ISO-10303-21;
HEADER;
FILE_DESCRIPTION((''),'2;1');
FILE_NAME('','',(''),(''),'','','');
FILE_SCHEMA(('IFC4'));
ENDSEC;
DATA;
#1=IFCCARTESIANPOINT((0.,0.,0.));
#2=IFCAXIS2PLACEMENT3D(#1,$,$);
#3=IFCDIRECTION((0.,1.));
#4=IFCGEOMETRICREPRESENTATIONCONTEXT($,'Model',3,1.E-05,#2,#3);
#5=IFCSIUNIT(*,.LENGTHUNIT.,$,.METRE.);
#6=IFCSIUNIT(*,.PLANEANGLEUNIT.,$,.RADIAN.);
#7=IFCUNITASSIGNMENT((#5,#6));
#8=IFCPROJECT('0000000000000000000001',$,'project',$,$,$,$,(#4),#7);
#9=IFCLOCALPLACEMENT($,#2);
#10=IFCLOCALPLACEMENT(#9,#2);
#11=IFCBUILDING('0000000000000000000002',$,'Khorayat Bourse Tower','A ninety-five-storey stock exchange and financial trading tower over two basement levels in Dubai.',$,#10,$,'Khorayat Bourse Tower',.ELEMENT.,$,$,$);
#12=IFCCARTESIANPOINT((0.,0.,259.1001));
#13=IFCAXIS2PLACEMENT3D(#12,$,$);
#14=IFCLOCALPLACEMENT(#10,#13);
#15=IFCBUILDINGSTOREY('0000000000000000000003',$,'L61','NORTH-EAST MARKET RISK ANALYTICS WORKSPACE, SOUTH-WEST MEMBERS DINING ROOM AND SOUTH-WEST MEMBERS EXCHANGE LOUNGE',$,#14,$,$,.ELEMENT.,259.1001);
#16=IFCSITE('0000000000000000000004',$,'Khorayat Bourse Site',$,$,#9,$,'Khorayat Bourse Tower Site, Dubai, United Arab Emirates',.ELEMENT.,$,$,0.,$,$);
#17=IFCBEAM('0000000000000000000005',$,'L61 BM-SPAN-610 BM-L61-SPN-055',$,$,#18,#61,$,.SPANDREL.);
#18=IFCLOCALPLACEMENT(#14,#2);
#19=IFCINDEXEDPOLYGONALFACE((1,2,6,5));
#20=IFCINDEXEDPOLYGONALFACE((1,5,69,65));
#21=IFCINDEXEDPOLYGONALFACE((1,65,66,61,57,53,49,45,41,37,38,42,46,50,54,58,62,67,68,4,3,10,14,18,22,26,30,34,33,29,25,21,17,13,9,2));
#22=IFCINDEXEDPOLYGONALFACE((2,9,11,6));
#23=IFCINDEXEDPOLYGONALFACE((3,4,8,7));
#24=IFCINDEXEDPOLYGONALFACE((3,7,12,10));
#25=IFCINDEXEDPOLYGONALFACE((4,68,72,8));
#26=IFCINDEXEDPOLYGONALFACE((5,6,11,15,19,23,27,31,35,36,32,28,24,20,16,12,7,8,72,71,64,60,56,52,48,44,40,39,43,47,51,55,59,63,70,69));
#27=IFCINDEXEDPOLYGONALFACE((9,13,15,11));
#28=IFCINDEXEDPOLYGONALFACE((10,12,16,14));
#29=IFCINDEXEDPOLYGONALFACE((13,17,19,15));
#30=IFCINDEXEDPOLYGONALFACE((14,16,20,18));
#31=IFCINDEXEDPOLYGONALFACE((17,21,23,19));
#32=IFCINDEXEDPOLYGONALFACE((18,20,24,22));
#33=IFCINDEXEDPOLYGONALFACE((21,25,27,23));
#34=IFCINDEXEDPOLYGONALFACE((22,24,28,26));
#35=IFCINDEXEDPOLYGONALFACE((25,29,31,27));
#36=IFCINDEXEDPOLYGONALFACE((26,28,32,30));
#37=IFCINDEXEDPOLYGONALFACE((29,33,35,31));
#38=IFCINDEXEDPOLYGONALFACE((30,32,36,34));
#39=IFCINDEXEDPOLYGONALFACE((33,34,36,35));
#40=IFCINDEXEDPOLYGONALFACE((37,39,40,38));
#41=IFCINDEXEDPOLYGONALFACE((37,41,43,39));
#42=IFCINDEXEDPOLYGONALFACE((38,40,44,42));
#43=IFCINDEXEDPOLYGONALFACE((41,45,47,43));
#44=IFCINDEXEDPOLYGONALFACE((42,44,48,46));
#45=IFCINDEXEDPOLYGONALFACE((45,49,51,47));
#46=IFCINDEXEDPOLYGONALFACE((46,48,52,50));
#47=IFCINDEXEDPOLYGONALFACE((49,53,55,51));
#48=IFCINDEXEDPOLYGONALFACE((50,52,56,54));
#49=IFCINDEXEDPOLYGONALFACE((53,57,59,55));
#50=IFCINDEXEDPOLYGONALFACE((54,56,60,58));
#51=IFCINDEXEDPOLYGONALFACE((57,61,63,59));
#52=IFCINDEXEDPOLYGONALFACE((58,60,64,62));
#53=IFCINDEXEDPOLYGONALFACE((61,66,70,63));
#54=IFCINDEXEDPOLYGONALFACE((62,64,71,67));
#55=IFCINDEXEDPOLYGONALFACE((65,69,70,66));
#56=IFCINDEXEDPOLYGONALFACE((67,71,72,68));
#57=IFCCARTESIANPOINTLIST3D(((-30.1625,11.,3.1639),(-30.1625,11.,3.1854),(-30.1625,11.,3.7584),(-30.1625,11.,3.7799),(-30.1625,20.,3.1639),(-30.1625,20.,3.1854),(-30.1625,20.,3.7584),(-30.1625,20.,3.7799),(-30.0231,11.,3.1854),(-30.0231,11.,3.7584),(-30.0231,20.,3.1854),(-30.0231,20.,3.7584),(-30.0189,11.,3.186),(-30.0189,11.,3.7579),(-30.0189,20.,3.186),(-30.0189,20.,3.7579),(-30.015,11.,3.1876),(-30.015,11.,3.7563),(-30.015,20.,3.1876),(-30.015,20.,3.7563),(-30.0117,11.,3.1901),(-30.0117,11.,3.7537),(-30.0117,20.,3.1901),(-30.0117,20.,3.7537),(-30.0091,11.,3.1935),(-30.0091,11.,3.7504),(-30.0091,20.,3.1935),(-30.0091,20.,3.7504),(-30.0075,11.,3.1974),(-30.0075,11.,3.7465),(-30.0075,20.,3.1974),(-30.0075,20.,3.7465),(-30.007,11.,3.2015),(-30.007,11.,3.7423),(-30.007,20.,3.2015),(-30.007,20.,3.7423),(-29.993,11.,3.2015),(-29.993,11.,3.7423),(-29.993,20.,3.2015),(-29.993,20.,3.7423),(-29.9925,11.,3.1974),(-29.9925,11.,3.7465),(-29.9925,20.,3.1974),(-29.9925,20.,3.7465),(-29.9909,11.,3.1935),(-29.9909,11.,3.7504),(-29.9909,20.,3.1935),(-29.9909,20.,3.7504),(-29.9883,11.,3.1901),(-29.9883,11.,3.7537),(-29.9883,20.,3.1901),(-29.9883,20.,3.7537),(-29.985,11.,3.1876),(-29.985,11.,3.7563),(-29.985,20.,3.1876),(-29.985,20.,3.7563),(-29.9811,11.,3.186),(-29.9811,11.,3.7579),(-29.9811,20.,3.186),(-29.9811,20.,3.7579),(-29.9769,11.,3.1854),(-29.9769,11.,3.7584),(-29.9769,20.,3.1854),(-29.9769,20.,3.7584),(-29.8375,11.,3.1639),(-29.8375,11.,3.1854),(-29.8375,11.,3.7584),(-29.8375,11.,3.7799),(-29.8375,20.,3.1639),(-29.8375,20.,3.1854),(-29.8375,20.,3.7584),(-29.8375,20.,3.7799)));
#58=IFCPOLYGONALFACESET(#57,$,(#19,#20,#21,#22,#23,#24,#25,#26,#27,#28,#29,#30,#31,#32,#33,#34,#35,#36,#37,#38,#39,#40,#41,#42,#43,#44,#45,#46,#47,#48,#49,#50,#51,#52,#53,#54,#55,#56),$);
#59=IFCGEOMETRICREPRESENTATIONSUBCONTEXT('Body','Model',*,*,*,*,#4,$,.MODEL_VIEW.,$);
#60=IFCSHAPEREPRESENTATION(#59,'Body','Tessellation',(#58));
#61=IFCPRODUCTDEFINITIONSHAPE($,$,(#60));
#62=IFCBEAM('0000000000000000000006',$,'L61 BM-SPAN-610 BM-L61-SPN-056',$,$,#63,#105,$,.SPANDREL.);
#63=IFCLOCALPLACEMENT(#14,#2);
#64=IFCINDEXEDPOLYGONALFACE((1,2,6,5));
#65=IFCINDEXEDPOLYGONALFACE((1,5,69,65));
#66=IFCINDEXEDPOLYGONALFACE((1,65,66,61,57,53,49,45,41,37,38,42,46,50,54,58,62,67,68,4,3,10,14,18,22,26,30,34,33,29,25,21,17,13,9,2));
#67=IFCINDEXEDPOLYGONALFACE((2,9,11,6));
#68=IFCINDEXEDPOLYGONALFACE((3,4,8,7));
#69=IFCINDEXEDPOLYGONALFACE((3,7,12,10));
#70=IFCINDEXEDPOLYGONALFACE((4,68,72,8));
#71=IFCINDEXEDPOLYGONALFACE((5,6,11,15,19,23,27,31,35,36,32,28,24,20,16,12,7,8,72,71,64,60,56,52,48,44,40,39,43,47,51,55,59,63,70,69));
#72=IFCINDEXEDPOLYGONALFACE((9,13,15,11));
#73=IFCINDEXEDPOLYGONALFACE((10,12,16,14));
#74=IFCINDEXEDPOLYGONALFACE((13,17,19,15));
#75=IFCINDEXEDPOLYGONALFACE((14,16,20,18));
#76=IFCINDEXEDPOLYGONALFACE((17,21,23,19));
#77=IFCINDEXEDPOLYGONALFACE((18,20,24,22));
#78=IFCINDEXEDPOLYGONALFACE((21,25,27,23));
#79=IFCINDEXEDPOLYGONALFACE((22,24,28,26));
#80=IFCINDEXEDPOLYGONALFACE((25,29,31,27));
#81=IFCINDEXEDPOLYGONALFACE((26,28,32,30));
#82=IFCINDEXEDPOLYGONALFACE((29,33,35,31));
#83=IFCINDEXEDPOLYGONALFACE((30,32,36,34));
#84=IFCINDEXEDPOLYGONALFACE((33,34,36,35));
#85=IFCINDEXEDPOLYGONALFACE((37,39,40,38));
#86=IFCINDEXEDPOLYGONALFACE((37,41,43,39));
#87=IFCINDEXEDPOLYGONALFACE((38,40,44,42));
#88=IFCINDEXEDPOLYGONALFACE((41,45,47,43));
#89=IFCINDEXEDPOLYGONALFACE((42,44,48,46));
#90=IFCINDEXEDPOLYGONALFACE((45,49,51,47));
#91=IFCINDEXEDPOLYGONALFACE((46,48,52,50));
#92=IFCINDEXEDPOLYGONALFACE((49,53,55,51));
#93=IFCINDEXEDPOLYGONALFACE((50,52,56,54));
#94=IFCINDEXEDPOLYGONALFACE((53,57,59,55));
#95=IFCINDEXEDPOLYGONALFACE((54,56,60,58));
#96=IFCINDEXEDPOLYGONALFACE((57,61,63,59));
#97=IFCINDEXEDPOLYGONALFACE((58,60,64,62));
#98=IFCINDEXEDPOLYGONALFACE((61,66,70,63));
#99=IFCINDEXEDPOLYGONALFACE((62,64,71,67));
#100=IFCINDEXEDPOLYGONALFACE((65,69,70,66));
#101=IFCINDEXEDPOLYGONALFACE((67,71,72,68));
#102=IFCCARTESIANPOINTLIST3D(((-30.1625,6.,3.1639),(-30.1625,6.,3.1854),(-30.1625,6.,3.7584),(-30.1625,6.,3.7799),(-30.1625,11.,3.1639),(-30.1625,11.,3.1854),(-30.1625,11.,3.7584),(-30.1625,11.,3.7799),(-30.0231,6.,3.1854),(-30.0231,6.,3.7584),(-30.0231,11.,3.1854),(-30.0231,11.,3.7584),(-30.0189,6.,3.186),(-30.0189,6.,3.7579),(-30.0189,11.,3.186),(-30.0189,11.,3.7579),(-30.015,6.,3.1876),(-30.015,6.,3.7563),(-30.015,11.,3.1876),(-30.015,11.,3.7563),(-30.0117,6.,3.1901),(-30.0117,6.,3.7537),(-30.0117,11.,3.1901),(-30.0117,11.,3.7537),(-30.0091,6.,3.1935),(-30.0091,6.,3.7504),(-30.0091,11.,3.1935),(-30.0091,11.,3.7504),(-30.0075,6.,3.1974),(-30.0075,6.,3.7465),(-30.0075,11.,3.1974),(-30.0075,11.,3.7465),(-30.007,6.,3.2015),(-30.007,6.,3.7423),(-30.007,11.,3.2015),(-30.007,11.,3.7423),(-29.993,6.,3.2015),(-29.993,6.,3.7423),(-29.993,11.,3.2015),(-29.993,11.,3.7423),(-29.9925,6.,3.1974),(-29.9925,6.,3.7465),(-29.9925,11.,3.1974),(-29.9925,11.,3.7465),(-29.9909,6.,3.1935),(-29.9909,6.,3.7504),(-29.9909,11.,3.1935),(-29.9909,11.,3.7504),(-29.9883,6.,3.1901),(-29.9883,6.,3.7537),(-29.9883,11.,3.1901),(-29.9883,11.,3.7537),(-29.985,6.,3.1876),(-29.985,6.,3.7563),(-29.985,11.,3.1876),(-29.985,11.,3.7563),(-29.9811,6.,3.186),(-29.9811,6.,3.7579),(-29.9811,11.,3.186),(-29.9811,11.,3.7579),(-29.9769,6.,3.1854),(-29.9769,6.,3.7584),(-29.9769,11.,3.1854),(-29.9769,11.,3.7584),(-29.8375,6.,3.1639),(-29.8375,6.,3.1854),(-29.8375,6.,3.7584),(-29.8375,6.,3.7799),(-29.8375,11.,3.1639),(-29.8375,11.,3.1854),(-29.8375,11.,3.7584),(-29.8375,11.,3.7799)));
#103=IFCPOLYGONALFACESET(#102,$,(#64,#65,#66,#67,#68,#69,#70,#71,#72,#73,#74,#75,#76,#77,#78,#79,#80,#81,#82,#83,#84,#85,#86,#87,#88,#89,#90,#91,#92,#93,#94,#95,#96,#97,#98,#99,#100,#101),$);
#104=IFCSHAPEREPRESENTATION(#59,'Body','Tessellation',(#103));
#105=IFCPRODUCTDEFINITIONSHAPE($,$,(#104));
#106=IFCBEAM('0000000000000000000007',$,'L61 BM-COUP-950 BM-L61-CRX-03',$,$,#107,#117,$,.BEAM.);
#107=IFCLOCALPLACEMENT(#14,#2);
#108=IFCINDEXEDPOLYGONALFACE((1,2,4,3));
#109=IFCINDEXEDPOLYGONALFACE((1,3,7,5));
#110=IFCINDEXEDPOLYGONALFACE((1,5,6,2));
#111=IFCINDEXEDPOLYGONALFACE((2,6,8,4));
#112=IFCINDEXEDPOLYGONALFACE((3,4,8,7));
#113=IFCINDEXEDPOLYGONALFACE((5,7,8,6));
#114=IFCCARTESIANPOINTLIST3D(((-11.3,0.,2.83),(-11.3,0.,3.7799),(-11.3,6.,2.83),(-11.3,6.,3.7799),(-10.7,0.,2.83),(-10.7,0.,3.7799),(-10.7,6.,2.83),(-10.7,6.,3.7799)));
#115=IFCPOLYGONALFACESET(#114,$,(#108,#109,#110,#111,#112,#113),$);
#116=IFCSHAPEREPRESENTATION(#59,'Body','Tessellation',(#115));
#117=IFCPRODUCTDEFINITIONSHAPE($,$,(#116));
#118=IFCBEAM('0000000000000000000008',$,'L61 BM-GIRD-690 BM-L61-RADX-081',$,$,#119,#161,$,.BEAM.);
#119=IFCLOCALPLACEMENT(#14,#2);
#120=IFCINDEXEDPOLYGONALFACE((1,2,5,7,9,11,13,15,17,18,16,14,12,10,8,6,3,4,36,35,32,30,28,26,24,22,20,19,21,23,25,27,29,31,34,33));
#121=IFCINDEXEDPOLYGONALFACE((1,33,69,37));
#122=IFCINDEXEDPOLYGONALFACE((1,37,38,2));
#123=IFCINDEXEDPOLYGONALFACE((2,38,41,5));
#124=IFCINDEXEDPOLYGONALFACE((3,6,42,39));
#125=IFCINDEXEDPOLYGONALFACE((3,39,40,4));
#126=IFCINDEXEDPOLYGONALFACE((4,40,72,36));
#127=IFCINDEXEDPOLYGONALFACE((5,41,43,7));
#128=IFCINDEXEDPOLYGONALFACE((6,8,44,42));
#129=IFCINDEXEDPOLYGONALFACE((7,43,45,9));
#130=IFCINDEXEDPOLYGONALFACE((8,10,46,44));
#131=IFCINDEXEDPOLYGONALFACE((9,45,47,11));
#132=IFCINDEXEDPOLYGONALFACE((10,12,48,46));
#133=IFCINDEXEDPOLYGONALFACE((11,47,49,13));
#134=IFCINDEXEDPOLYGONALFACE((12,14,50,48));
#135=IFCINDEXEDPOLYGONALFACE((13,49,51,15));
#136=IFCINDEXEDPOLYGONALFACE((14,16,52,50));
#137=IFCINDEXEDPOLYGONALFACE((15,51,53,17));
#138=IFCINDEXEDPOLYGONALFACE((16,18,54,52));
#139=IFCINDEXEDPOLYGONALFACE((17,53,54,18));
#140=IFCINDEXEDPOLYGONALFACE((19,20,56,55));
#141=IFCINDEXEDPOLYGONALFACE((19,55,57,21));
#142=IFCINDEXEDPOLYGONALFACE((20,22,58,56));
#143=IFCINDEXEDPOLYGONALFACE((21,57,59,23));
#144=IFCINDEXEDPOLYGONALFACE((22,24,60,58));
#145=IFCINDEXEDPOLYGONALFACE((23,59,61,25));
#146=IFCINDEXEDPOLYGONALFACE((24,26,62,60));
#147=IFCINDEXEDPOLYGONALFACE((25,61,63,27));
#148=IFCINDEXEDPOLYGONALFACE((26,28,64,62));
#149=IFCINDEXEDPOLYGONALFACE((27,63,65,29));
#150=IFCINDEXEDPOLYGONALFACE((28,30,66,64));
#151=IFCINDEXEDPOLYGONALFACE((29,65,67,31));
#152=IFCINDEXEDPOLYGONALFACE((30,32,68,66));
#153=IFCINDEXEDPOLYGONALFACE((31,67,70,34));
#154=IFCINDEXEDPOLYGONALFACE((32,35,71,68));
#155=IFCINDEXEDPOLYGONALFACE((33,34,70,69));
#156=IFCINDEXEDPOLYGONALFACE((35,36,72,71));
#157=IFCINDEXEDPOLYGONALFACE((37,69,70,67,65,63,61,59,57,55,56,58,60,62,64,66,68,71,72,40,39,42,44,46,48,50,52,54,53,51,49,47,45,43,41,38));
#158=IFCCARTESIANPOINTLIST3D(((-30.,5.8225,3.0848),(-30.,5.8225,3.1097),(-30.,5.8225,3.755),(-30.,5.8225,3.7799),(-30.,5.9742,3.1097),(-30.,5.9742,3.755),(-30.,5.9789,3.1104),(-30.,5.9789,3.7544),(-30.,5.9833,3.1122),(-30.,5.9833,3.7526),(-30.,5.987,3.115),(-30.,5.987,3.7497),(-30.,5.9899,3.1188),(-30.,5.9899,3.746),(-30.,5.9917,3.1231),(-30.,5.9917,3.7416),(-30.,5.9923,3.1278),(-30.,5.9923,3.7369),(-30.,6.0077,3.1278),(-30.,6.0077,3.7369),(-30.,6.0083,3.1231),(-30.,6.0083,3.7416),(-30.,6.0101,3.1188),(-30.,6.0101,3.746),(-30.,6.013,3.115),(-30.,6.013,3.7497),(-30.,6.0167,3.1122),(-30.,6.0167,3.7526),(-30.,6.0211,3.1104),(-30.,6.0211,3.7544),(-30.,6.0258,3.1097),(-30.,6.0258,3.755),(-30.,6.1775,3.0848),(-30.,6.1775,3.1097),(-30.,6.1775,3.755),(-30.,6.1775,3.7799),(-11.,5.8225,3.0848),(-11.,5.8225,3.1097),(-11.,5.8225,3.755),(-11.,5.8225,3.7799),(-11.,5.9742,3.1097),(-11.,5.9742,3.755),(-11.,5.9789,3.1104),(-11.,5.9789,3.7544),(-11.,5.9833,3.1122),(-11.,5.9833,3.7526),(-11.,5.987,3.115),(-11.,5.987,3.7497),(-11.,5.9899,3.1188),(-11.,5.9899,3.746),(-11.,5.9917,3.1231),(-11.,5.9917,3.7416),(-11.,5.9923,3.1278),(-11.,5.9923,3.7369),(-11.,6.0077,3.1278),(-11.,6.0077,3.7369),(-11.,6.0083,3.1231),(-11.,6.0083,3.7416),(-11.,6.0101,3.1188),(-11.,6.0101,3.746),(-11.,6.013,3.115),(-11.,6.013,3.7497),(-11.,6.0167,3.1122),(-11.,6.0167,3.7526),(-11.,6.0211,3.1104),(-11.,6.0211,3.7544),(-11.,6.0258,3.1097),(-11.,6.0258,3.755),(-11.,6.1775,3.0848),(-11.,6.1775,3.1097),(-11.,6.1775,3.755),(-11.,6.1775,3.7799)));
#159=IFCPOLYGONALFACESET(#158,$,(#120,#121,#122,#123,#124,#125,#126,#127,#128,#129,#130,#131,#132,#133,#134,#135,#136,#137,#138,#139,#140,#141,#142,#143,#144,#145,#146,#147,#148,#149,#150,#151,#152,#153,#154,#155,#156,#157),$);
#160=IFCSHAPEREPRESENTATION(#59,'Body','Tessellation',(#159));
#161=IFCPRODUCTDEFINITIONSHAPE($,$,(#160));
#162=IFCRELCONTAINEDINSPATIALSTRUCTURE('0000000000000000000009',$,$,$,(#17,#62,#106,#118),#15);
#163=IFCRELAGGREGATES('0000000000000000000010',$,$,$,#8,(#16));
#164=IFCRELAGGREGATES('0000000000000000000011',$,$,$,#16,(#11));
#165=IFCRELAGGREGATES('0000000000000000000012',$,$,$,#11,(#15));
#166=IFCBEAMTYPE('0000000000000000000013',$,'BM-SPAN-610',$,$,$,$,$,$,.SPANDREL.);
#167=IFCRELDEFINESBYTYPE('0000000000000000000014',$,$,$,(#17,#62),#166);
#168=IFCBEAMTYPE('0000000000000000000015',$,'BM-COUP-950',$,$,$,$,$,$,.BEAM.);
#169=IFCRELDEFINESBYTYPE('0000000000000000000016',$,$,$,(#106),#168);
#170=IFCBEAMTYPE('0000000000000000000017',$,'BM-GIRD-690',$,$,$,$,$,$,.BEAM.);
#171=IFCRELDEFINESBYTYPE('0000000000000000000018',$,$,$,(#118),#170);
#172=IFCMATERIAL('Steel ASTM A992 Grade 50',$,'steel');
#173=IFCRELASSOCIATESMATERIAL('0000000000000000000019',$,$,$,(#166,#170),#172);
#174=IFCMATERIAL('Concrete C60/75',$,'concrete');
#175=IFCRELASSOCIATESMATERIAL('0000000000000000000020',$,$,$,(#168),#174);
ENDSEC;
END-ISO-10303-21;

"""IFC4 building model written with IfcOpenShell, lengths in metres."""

from ifc_helpers import new_model, si_unit, direction, frame, origin, origin_2d, place, context, subcontext, project, spatial, rectangle, i_section, extrude, source, transform, mapped, material, material_profile, profile_set, type_object, element, save


model = new_model("IFC4")

# Units and contexts
model_context = context("Model", 3, precision=1e-05, world=origin(), true_north=direction((0.0, 1.0)))
body_context = subcontext(model_context, "Body", "Model", "MODEL_VIEW")
ifc_project = project(units=[si_unit("LENGTHUNIT", "METRE"), si_unit("PLANEANGLEUNIT", "RADIAN")], contexts=[model_context])

# Site, building, storey
site_placement = place(None, origin())
site = spatial("IfcSite", under=ifc_project, at=site_placement, Name="Khorayat Bourse Site", LongName="Khorayat Bourse Tower Site, Dubai, United Arab Emirates", CompositionType="ELEMENT", RefElevation=0.0)
building_placement = place(site_placement, origin())
building = spatial("IfcBuilding", under=site, at=building_placement, Name="Khorayat Bourse Tower", Description="A ninety-five-storey stock exchange and financial trading tower over two basement levels in Dubai.", LongName="Khorayat Bourse Tower", CompositionType="ELEMENT")
storey_placement = place(building_placement, frame((0.0, 0.0, 259.1001)))
storey = spatial("IfcBuildingStorey", under=building, at=storey_placement, Name="L61", Description="NORTH-EAST MARKET RISK ANALYTICS WORKSPACE, SOUTH-WEST MEMBERS DINING ROOM AND SOUTH-WEST MEMBERS EXCHANGE LOUNGE", CompositionType="ELEMENT", Elevation=259.1001)

# Shared definitions
ifc_material_1 = material(Name="Concrete C60/75", Category="concrete")

# Beams
ifc_material_2 = material(Name="Steel ASTM A992 Grade 50", Category="steel")
ifc_material_profile_1 = material_profile(ifc_material_2, i_section(OverallWidth=0.325, OverallDepth=0.616, WebThickness=0.0139, FlangeThickness=0.0215, FilletRadius=0.0161, at=origin_2d()), Name="W610X174")
ifc_profile_set_1 = profile_set([ifc_material_profile_1], Name="Steel ASTM A992 Grade 50")
beam_type_1 = type_object("IfcBeamType", Name="BM-SPAN-610", PredefinedType="SPANDREL", material=ifc_profile_set_1)
shared_shape_1 = source(origin(), body_context, "Body", "SweptSolid", [
    extrude(i_section(OverallWidth=0.325, OverallDepth=0.616, WebThickness=0.0139, FlangeThickness=0.0215, FilletRadius=0.0161, at=origin_2d()), origin(), (0.0, 0.0, 1.0), 9.0),
])
beam_1_placement = place(storey_placement, frame((-30.0, 11.0, 3.4719), z_axis=(0.0, 1.0, 0.0), x_axis=(-1.0, 0.0, 0.0)))
element("IfcBeam", 1, at=beam_1_placement, inside=storey, type_object=beam_type_1, Name="L61 BM-SPAN-610 BM-L61-SPN-055", PredefinedType="SPANDREL", context=body_context, shape_type="MappedRepresentation", body=[
    mapped(shared_shape_1, transform((0.0, 0.0, 0.0), scale=1.0)),
])
shared_shape_2 = source(origin(), body_context, "Body", "SweptSolid", [
    extrude(i_section(OverallWidth=0.325, OverallDepth=0.616, WebThickness=0.0139, FlangeThickness=0.0215, FilletRadius=0.0161, at=origin_2d()), origin(), (0.0, 0.0, 1.0), 5.0),
])
beam_2_placement = place(storey_placement, frame((-30.0, 6.0, 3.4719), z_axis=(0.0, 1.0, 0.0), x_axis=(-1.0, 0.0, 0.0)))
element("IfcBeam", 2, at=beam_2_placement, inside=storey, type_object=beam_type_1, Name="L61 BM-SPAN-610 BM-L61-SPN-056", PredefinedType="SPANDREL", context=body_context, shape_type="MappedRepresentation", body=[
    mapped(shared_shape_2, transform((0.0, 0.0, 0.0), scale=1.0)),
])
ifc_material_profile_2 = material_profile(ifc_material_1, rectangle(XDim=0.6001, YDim=0.95, at=origin_2d()), Name="RC 600x950")
ifc_profile_set_2 = profile_set([ifc_material_profile_2], Name="Concrete C60/75")
beam_type_2 = type_object("IfcBeamType", Name="BM-COUP-950", PredefinedType="BEAM", material=ifc_profile_set_2)
shared_shape_3 = source(origin(), body_context, "Body", "SweptSolid", [
    extrude(rectangle(XDim=0.6001, YDim=0.95, at=origin_2d()), origin(), (0.0, 0.0, 1.0), 6.0),
])
beam_3_placement = place(storey_placement, frame((-11.0, 0.0, 3.3049), z_axis=(0.0, 1.0, 0.0), x_axis=(-1.0, 0.0, 0.0)))
element("IfcBeam", 3, at=beam_3_placement, inside=storey, type_object=beam_type_2, Name="L61 BM-COUP-950 BM-L61-CRX-03", PredefinedType="BEAM", context=body_context, shape_type="MappedRepresentation", body=[
    mapped(shared_shape_3, transform((0.0, 0.0, 0.0), scale=1.0)),
])
ifc_material_profile_3 = material_profile(ifc_material_2, i_section(OverallWidth=0.355, OverallDepth=0.6951, WebThickness=0.0154, FlangeThickness=0.0249, FilletRadius=0.0181, at=origin_2d()), Name="W690X217")
ifc_profile_set_3 = profile_set([ifc_material_profile_3], Name="Steel ASTM A992 Grade 50")
beam_type_3 = type_object("IfcBeamType", Name="BM-GIRD-690", PredefinedType="BEAM", material=ifc_profile_set_3)
shared_shape_4 = source(origin(), body_context, "Body", "SweptSolid", [
    extrude(i_section(OverallWidth=0.355, OverallDepth=0.6951, WebThickness=0.0154, FlangeThickness=0.0249, FilletRadius=0.0181, at=origin_2d()), origin(), (0.0, 0.0, 1.0), 19.0),
])
for number, where, z_axis, x_axis, name in (
    (4, (-30.0, 6.0, 3.4324), (1.0, 0.0, 0.0), (0.0, 1.0, 0.0), "L61 BM-GIRD-690 BM-L61-RADX-081"),
):
    element("IfcBeam", number, at=place(storey_placement, frame(where, z_axis=z_axis, x_axis=x_axis)), inside=storey, type_object=beam_type_3, Name=name, PredefinedType="BEAM", context=body_context, shape_type="MappedRepresentation", body=[
        mapped(shared_shape_4, transform((0.0, 0.0, 0.0), scale=1.0)),
    ])

save(model, "model.ifc")
